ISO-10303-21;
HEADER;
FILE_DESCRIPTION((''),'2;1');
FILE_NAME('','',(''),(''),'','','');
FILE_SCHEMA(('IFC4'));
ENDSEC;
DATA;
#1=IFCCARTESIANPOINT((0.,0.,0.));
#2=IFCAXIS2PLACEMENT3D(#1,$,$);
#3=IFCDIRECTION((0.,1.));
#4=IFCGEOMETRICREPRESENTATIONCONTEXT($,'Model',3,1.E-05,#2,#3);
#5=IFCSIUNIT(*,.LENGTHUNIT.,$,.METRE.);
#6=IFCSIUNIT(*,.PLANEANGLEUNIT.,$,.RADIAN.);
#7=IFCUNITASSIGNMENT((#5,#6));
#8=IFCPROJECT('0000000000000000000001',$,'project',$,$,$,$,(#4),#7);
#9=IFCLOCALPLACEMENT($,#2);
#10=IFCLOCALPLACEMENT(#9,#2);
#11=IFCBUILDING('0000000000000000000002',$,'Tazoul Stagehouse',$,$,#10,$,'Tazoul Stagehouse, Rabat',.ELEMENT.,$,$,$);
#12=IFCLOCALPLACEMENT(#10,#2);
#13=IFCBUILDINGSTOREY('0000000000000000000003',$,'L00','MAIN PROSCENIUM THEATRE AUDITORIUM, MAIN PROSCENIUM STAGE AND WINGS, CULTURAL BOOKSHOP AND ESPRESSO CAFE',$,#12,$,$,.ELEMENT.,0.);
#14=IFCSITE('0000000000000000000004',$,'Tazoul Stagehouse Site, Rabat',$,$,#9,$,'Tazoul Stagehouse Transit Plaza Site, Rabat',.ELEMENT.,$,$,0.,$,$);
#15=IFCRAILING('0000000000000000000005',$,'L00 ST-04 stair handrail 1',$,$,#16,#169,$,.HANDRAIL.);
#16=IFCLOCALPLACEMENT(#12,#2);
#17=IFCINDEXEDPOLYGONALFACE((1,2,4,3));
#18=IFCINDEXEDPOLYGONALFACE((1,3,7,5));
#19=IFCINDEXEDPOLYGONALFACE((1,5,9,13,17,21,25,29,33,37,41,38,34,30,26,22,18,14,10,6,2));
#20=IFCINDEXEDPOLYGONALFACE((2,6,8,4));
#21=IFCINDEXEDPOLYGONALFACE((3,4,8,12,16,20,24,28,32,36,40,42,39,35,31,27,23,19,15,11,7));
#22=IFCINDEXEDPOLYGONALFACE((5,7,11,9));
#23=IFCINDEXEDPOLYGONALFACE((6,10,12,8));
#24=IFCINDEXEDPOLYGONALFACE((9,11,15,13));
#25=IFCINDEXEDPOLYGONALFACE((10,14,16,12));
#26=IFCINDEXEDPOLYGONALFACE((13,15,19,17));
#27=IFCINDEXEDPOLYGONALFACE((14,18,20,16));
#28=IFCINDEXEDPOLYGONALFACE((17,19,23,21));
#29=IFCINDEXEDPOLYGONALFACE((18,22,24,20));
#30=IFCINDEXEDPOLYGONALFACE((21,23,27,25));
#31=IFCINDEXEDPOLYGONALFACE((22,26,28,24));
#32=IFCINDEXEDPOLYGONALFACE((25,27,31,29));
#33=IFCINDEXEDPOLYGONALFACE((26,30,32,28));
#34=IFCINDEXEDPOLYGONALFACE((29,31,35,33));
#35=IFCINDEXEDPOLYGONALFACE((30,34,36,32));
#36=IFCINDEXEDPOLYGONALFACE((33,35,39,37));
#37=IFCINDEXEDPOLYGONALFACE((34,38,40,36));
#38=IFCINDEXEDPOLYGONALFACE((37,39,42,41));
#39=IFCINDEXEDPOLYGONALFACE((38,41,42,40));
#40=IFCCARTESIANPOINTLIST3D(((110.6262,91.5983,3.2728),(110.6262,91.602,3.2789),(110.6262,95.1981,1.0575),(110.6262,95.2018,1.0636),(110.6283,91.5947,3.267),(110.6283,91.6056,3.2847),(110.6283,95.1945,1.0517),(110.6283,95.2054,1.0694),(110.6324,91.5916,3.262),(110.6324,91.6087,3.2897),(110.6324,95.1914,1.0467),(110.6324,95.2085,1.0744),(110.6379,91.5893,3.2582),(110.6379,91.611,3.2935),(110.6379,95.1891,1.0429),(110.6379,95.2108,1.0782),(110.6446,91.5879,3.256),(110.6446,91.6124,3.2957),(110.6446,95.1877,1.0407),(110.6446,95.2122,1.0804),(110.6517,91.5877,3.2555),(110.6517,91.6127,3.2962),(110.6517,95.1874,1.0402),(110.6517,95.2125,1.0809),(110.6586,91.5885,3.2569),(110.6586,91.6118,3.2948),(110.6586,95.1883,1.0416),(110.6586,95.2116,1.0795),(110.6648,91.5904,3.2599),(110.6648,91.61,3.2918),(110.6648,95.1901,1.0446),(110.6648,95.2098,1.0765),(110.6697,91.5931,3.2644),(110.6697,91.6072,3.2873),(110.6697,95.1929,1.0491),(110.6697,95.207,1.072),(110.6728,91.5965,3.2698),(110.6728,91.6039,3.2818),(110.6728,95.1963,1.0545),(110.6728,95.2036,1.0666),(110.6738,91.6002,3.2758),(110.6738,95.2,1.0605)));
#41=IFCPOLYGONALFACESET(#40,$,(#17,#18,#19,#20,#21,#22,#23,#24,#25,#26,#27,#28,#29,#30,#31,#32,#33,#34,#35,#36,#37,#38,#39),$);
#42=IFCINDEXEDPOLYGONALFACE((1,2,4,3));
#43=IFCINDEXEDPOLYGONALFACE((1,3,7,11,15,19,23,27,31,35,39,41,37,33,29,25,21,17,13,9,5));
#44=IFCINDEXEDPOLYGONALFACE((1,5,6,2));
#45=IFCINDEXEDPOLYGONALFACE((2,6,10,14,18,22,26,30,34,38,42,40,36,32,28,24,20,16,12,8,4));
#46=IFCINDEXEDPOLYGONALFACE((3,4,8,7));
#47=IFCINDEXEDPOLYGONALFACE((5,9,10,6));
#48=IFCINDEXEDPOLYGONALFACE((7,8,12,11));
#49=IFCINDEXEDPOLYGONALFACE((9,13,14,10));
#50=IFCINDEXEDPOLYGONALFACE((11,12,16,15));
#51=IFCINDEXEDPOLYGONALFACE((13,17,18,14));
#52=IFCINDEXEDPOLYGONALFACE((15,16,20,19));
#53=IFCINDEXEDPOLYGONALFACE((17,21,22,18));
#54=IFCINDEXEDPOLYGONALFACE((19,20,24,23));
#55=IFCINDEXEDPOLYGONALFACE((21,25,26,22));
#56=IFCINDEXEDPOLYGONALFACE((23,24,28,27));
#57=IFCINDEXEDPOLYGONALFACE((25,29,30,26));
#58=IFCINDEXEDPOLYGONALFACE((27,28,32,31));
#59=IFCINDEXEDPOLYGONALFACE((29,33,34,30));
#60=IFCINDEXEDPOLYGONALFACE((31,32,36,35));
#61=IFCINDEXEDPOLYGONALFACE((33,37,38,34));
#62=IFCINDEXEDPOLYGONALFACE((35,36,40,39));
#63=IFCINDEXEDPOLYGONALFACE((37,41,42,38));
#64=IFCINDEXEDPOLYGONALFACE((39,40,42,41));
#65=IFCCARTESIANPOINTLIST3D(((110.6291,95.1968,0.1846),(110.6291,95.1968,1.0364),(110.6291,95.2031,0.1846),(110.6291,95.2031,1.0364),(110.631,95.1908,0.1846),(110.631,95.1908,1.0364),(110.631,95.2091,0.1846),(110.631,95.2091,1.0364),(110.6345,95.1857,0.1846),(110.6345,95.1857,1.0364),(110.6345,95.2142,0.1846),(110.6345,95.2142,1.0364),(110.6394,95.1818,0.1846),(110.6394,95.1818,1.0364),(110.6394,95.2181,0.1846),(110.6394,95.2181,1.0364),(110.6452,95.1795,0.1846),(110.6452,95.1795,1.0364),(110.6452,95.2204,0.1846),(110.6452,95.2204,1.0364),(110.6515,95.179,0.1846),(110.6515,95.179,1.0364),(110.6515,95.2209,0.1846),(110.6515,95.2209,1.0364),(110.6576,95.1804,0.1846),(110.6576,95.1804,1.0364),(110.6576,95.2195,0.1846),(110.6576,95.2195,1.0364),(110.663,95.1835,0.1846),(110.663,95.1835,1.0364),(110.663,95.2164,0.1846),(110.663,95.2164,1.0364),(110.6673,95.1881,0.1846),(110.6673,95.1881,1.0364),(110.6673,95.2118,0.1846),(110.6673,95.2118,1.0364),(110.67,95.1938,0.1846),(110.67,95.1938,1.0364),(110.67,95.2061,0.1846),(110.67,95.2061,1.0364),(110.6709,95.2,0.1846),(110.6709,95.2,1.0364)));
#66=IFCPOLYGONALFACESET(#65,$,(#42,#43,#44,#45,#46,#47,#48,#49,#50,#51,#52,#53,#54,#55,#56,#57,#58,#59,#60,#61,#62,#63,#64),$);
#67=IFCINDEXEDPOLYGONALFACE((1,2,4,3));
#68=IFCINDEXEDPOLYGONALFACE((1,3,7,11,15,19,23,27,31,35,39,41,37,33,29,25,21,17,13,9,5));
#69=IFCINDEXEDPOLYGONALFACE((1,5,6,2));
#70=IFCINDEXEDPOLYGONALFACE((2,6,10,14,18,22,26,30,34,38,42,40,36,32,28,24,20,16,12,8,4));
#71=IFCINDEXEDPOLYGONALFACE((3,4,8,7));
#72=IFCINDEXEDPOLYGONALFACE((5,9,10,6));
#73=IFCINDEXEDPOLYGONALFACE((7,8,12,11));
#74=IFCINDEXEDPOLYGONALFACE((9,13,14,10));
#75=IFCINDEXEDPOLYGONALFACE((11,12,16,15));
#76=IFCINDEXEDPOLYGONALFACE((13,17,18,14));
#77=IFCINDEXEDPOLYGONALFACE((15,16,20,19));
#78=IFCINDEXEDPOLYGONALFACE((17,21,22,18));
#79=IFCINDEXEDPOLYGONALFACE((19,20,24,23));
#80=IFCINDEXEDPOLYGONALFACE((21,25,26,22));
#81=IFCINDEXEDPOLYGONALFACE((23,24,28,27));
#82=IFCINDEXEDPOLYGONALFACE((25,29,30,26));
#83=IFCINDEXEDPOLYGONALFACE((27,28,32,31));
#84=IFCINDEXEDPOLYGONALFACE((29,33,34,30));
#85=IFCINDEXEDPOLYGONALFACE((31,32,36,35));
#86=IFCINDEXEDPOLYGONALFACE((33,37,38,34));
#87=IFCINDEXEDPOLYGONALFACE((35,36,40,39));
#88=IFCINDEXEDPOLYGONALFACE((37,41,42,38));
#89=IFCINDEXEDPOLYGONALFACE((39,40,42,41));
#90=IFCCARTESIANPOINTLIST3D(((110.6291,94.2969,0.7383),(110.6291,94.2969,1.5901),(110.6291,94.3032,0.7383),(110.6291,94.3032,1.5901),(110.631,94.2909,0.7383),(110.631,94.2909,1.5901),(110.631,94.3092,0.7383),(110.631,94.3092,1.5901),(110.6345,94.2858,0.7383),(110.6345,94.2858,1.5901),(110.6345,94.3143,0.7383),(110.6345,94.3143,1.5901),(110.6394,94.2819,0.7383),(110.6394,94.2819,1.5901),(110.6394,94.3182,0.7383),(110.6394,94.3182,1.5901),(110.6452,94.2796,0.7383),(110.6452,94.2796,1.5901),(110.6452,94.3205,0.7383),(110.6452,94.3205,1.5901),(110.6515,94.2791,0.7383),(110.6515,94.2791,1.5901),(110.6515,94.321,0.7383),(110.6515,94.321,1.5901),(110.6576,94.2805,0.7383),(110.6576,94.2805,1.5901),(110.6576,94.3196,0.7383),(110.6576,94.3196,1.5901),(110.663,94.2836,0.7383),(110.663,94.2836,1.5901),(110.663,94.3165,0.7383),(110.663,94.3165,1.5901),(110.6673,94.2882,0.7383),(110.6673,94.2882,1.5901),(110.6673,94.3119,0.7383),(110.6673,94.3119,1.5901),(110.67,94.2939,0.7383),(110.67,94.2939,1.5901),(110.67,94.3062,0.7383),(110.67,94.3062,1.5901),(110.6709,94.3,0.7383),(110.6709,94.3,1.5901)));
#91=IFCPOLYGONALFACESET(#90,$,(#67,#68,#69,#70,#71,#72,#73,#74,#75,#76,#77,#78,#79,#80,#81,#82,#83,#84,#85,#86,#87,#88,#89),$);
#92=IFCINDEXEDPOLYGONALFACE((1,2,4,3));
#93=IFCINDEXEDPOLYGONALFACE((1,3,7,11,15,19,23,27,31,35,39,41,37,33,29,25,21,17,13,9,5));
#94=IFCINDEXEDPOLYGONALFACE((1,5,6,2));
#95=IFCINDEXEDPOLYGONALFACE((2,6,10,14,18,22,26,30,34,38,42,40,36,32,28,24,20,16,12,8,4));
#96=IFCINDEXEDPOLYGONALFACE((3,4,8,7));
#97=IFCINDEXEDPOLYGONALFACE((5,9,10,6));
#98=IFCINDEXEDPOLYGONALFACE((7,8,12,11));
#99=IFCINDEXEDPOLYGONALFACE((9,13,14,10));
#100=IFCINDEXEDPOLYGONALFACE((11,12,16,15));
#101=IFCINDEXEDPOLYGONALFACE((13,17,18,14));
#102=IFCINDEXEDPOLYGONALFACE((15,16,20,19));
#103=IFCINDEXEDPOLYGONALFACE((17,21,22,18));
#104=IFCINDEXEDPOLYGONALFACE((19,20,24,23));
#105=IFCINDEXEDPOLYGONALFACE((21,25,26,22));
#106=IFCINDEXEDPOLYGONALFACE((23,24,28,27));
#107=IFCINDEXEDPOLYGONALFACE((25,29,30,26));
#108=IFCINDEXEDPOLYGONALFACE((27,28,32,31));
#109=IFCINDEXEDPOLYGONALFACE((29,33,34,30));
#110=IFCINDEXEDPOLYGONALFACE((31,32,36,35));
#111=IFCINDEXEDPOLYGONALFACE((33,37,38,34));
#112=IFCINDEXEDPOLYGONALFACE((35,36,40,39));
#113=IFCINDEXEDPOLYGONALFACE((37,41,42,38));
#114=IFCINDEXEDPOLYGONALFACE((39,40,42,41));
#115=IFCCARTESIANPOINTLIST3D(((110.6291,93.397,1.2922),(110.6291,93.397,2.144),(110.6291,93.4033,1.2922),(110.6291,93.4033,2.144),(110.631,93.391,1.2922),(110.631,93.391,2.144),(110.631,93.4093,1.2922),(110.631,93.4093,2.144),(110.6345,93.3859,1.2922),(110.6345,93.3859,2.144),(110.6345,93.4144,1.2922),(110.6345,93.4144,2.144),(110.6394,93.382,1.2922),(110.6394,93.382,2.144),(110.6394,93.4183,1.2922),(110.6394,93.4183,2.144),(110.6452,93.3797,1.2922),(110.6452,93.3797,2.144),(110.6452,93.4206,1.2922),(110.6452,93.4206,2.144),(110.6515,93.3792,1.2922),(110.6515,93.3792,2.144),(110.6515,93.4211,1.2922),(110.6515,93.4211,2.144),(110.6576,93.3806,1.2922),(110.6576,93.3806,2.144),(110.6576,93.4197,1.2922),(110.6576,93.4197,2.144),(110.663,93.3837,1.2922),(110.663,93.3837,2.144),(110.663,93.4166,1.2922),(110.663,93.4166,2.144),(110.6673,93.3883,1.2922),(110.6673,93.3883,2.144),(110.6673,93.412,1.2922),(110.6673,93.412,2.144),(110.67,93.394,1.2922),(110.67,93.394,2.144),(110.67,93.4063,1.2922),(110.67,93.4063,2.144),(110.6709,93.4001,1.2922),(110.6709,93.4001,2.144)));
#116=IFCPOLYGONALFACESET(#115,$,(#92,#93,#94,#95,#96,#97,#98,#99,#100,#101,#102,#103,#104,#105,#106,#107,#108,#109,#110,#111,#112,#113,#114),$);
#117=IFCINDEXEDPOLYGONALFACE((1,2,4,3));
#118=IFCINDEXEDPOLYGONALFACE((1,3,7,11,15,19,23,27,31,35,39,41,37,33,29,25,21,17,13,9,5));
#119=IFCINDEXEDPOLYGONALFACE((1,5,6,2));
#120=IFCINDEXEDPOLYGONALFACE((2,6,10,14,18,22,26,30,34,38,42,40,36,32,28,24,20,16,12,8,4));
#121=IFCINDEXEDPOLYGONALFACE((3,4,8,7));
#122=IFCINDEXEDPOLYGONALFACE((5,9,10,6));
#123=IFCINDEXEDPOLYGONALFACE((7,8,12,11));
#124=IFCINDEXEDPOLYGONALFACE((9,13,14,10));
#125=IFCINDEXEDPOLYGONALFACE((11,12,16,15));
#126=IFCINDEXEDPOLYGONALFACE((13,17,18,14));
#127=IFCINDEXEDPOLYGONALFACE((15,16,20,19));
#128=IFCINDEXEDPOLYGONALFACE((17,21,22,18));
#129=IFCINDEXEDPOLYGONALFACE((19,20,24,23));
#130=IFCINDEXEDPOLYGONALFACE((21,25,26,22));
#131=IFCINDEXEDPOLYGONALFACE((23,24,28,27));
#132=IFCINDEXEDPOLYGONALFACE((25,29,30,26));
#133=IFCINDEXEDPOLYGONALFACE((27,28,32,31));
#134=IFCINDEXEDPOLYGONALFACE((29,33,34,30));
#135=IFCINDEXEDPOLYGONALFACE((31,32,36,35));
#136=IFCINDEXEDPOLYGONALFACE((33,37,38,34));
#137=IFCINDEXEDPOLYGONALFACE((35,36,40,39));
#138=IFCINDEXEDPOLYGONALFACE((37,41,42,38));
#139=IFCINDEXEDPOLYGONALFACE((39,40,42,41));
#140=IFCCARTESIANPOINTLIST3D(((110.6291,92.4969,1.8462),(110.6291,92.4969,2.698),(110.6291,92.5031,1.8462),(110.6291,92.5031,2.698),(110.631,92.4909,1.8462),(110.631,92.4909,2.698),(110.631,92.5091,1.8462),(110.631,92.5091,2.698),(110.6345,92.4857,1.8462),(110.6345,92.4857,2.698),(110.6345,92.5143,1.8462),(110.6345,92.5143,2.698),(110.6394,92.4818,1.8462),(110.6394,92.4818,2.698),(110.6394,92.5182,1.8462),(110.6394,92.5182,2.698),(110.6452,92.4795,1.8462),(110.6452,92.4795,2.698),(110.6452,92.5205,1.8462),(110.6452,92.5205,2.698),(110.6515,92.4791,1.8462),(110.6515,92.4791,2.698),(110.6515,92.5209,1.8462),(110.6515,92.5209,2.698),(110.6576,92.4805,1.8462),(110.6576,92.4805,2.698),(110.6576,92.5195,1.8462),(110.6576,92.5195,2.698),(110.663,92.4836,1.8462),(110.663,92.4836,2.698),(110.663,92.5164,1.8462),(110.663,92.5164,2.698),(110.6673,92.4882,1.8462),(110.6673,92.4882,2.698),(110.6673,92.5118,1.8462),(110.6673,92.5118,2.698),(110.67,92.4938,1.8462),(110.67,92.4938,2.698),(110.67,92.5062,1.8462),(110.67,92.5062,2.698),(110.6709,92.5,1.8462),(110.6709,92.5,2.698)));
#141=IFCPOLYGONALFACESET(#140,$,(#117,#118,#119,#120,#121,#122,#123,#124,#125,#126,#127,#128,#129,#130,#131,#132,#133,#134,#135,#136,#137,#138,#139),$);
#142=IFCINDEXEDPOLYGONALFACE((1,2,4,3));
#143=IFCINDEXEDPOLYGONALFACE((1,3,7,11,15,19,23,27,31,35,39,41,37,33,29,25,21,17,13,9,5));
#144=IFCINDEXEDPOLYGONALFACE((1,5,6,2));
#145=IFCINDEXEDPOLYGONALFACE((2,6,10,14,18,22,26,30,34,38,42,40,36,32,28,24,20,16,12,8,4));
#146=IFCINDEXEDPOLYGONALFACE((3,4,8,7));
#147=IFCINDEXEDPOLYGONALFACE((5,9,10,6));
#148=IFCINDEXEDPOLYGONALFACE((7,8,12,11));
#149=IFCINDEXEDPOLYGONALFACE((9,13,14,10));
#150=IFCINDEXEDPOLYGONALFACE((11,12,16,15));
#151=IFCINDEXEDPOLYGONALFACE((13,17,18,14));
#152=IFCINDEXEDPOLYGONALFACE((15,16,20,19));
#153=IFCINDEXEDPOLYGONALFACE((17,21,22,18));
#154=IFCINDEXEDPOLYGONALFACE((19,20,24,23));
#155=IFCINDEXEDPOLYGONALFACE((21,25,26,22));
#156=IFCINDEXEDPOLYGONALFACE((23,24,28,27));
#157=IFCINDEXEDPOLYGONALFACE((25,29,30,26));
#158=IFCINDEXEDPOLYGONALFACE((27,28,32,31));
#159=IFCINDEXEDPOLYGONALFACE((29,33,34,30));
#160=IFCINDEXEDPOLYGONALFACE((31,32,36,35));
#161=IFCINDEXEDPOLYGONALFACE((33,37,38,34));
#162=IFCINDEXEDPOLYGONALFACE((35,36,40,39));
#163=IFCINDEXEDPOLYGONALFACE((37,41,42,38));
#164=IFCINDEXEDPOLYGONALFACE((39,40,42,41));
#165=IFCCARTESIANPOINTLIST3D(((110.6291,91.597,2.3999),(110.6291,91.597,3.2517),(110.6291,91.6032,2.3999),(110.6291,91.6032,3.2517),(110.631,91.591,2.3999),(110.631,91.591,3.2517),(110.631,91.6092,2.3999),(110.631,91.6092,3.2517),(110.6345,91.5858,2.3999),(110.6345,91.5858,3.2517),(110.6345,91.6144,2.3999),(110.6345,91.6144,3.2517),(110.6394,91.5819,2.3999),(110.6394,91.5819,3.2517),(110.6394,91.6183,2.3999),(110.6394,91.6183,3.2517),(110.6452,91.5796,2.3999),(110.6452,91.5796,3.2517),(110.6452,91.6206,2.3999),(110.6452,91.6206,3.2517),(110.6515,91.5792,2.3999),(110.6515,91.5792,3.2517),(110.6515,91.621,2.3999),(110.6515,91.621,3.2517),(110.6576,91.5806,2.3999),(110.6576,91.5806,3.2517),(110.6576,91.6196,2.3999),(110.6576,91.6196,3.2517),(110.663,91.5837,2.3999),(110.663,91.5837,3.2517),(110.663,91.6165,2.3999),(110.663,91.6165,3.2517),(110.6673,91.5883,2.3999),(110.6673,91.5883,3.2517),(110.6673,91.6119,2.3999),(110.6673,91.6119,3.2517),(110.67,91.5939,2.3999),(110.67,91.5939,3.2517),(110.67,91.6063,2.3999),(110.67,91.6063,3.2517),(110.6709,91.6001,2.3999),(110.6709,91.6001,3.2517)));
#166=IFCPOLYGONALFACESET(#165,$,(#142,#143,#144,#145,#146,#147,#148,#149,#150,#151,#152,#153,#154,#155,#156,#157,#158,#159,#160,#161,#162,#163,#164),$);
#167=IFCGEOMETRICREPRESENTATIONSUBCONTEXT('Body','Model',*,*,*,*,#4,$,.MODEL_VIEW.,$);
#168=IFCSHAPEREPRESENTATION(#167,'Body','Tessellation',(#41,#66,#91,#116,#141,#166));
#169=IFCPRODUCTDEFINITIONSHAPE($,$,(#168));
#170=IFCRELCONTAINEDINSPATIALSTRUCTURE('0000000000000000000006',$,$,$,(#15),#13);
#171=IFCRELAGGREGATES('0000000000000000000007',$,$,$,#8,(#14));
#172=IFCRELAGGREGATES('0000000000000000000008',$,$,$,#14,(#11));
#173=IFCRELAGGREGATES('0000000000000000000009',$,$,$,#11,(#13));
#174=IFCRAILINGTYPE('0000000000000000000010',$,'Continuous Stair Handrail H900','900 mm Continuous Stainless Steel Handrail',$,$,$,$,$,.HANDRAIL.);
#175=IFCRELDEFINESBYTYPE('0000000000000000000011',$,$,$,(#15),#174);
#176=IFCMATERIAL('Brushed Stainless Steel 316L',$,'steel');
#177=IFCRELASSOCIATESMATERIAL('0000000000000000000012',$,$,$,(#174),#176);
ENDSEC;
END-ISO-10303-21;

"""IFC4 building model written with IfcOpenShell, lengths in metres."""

from ifc_helpers import new_model, si_unit, direction, frame, origin, origin_2d, place, context, subcontext, project, spatial, circle, extrude, material, material_profile, profile_set, type_object, element, save


model = new_model("IFC4")

# Units and contexts
model_context = context("Model", 3, precision=1e-05, world=origin(), true_north=direction((0.0, 1.0)))
body_context = subcontext(model_context, "Body", "Model", "MODEL_VIEW")
ifc_project = project(units=[si_unit("LENGTHUNIT", "METRE"), si_unit("PLANEANGLEUNIT", "RADIAN")], contexts=[model_context])

# Site, building, storey
site_placement = place(None, origin())
site = spatial("IfcSite", under=ifc_project, at=site_placement, Name="Tazoul Stagehouse Site, Rabat", LongName="Tazoul Stagehouse Transit Plaza Site, Rabat", CompositionType="ELEMENT", RefElevation=0.0)
building_placement = place(site_placement, origin())
building = spatial("IfcBuilding", under=site, at=building_placement, Name="Tazoul Stagehouse", LongName="Tazoul Stagehouse, Rabat", CompositionType="ELEMENT")
storey_placement = place(building_placement, origin())
storey = spatial("IfcBuildingStorey", under=building, at=storey_placement, Name="L00", Description="MAIN PROSCENIUM THEATRE AUDITORIUM, MAIN PROSCENIUM STAGE AND WINGS, CULTURAL BOOKSHOP AND ESPRESSO CAFE", CompositionType="ELEMENT", Elevation=0.0)

# Railing
ifc_material_1 = material(Name="Brushed Stainless Steel 316L", Category="steel")
ifc_material_profile_1 = material_profile(ifc_material_1, circle(Radius=0.021, at=origin_2d()), Name="SS HANDRAIL D42")
ifc_profile_set_1 = profile_set([ifc_material_profile_1], Name="Brushed Stainless Steel 316L")
railing_type = type_object("IfcRailingType", Name="Continuous Stair Handrail H900", Description="900 mm Continuous Stainless Steel Handrail", PredefinedType="HANDRAIL", material=ifc_profile_set_1)
railing_placement = place(storey_placement, frame((110.6499, 95.2, 0.1846)))
element("IfcRailing", 1, at=railing_placement, inside=storey, type_object=railing_type, Name="L00 ST-04 stair handrail 1", PredefinedType="HANDRAIL", context=body_context, shape_type="SweptSolid", body=[
    extrude(circle(Radius=0.0239, at=origin_2d()), frame((0.0, 0.0, 0.876), z_axis=(0.0, -0.851654, 0.524104), x_axis=(1.0, 0.0, 0.0)), (0.0, 0.0, 1.0), 4.2268),
    extrude(circle(Radius=0.021, at=origin_2d()), origin(), (0.0, 0.0, 1.0), 0.8518),
    extrude(circle(Radius=0.021, at=origin_2d()), frame((0.0, -0.8999, 0.5537)), (0.0, 0.0, 1.0), 0.8518),
    extrude(circle(Radius=0.021, at=origin_2d()), frame((0.0, -1.7998, 1.1077)), (0.0, 0.0, 1.0), 0.8518),
    extrude(circle(Radius=0.021, at=origin_2d()), frame((0.0, -2.7, 1.6616)), (0.0, 0.0, 1.0), 0.8518),
    extrude(circle(Radius=0.021, at=origin_2d()), frame((0.0, -3.5999, 2.2153)), (0.0, 0.0, 1.0), 0.8518),
])

save(model, "model.ifc")
